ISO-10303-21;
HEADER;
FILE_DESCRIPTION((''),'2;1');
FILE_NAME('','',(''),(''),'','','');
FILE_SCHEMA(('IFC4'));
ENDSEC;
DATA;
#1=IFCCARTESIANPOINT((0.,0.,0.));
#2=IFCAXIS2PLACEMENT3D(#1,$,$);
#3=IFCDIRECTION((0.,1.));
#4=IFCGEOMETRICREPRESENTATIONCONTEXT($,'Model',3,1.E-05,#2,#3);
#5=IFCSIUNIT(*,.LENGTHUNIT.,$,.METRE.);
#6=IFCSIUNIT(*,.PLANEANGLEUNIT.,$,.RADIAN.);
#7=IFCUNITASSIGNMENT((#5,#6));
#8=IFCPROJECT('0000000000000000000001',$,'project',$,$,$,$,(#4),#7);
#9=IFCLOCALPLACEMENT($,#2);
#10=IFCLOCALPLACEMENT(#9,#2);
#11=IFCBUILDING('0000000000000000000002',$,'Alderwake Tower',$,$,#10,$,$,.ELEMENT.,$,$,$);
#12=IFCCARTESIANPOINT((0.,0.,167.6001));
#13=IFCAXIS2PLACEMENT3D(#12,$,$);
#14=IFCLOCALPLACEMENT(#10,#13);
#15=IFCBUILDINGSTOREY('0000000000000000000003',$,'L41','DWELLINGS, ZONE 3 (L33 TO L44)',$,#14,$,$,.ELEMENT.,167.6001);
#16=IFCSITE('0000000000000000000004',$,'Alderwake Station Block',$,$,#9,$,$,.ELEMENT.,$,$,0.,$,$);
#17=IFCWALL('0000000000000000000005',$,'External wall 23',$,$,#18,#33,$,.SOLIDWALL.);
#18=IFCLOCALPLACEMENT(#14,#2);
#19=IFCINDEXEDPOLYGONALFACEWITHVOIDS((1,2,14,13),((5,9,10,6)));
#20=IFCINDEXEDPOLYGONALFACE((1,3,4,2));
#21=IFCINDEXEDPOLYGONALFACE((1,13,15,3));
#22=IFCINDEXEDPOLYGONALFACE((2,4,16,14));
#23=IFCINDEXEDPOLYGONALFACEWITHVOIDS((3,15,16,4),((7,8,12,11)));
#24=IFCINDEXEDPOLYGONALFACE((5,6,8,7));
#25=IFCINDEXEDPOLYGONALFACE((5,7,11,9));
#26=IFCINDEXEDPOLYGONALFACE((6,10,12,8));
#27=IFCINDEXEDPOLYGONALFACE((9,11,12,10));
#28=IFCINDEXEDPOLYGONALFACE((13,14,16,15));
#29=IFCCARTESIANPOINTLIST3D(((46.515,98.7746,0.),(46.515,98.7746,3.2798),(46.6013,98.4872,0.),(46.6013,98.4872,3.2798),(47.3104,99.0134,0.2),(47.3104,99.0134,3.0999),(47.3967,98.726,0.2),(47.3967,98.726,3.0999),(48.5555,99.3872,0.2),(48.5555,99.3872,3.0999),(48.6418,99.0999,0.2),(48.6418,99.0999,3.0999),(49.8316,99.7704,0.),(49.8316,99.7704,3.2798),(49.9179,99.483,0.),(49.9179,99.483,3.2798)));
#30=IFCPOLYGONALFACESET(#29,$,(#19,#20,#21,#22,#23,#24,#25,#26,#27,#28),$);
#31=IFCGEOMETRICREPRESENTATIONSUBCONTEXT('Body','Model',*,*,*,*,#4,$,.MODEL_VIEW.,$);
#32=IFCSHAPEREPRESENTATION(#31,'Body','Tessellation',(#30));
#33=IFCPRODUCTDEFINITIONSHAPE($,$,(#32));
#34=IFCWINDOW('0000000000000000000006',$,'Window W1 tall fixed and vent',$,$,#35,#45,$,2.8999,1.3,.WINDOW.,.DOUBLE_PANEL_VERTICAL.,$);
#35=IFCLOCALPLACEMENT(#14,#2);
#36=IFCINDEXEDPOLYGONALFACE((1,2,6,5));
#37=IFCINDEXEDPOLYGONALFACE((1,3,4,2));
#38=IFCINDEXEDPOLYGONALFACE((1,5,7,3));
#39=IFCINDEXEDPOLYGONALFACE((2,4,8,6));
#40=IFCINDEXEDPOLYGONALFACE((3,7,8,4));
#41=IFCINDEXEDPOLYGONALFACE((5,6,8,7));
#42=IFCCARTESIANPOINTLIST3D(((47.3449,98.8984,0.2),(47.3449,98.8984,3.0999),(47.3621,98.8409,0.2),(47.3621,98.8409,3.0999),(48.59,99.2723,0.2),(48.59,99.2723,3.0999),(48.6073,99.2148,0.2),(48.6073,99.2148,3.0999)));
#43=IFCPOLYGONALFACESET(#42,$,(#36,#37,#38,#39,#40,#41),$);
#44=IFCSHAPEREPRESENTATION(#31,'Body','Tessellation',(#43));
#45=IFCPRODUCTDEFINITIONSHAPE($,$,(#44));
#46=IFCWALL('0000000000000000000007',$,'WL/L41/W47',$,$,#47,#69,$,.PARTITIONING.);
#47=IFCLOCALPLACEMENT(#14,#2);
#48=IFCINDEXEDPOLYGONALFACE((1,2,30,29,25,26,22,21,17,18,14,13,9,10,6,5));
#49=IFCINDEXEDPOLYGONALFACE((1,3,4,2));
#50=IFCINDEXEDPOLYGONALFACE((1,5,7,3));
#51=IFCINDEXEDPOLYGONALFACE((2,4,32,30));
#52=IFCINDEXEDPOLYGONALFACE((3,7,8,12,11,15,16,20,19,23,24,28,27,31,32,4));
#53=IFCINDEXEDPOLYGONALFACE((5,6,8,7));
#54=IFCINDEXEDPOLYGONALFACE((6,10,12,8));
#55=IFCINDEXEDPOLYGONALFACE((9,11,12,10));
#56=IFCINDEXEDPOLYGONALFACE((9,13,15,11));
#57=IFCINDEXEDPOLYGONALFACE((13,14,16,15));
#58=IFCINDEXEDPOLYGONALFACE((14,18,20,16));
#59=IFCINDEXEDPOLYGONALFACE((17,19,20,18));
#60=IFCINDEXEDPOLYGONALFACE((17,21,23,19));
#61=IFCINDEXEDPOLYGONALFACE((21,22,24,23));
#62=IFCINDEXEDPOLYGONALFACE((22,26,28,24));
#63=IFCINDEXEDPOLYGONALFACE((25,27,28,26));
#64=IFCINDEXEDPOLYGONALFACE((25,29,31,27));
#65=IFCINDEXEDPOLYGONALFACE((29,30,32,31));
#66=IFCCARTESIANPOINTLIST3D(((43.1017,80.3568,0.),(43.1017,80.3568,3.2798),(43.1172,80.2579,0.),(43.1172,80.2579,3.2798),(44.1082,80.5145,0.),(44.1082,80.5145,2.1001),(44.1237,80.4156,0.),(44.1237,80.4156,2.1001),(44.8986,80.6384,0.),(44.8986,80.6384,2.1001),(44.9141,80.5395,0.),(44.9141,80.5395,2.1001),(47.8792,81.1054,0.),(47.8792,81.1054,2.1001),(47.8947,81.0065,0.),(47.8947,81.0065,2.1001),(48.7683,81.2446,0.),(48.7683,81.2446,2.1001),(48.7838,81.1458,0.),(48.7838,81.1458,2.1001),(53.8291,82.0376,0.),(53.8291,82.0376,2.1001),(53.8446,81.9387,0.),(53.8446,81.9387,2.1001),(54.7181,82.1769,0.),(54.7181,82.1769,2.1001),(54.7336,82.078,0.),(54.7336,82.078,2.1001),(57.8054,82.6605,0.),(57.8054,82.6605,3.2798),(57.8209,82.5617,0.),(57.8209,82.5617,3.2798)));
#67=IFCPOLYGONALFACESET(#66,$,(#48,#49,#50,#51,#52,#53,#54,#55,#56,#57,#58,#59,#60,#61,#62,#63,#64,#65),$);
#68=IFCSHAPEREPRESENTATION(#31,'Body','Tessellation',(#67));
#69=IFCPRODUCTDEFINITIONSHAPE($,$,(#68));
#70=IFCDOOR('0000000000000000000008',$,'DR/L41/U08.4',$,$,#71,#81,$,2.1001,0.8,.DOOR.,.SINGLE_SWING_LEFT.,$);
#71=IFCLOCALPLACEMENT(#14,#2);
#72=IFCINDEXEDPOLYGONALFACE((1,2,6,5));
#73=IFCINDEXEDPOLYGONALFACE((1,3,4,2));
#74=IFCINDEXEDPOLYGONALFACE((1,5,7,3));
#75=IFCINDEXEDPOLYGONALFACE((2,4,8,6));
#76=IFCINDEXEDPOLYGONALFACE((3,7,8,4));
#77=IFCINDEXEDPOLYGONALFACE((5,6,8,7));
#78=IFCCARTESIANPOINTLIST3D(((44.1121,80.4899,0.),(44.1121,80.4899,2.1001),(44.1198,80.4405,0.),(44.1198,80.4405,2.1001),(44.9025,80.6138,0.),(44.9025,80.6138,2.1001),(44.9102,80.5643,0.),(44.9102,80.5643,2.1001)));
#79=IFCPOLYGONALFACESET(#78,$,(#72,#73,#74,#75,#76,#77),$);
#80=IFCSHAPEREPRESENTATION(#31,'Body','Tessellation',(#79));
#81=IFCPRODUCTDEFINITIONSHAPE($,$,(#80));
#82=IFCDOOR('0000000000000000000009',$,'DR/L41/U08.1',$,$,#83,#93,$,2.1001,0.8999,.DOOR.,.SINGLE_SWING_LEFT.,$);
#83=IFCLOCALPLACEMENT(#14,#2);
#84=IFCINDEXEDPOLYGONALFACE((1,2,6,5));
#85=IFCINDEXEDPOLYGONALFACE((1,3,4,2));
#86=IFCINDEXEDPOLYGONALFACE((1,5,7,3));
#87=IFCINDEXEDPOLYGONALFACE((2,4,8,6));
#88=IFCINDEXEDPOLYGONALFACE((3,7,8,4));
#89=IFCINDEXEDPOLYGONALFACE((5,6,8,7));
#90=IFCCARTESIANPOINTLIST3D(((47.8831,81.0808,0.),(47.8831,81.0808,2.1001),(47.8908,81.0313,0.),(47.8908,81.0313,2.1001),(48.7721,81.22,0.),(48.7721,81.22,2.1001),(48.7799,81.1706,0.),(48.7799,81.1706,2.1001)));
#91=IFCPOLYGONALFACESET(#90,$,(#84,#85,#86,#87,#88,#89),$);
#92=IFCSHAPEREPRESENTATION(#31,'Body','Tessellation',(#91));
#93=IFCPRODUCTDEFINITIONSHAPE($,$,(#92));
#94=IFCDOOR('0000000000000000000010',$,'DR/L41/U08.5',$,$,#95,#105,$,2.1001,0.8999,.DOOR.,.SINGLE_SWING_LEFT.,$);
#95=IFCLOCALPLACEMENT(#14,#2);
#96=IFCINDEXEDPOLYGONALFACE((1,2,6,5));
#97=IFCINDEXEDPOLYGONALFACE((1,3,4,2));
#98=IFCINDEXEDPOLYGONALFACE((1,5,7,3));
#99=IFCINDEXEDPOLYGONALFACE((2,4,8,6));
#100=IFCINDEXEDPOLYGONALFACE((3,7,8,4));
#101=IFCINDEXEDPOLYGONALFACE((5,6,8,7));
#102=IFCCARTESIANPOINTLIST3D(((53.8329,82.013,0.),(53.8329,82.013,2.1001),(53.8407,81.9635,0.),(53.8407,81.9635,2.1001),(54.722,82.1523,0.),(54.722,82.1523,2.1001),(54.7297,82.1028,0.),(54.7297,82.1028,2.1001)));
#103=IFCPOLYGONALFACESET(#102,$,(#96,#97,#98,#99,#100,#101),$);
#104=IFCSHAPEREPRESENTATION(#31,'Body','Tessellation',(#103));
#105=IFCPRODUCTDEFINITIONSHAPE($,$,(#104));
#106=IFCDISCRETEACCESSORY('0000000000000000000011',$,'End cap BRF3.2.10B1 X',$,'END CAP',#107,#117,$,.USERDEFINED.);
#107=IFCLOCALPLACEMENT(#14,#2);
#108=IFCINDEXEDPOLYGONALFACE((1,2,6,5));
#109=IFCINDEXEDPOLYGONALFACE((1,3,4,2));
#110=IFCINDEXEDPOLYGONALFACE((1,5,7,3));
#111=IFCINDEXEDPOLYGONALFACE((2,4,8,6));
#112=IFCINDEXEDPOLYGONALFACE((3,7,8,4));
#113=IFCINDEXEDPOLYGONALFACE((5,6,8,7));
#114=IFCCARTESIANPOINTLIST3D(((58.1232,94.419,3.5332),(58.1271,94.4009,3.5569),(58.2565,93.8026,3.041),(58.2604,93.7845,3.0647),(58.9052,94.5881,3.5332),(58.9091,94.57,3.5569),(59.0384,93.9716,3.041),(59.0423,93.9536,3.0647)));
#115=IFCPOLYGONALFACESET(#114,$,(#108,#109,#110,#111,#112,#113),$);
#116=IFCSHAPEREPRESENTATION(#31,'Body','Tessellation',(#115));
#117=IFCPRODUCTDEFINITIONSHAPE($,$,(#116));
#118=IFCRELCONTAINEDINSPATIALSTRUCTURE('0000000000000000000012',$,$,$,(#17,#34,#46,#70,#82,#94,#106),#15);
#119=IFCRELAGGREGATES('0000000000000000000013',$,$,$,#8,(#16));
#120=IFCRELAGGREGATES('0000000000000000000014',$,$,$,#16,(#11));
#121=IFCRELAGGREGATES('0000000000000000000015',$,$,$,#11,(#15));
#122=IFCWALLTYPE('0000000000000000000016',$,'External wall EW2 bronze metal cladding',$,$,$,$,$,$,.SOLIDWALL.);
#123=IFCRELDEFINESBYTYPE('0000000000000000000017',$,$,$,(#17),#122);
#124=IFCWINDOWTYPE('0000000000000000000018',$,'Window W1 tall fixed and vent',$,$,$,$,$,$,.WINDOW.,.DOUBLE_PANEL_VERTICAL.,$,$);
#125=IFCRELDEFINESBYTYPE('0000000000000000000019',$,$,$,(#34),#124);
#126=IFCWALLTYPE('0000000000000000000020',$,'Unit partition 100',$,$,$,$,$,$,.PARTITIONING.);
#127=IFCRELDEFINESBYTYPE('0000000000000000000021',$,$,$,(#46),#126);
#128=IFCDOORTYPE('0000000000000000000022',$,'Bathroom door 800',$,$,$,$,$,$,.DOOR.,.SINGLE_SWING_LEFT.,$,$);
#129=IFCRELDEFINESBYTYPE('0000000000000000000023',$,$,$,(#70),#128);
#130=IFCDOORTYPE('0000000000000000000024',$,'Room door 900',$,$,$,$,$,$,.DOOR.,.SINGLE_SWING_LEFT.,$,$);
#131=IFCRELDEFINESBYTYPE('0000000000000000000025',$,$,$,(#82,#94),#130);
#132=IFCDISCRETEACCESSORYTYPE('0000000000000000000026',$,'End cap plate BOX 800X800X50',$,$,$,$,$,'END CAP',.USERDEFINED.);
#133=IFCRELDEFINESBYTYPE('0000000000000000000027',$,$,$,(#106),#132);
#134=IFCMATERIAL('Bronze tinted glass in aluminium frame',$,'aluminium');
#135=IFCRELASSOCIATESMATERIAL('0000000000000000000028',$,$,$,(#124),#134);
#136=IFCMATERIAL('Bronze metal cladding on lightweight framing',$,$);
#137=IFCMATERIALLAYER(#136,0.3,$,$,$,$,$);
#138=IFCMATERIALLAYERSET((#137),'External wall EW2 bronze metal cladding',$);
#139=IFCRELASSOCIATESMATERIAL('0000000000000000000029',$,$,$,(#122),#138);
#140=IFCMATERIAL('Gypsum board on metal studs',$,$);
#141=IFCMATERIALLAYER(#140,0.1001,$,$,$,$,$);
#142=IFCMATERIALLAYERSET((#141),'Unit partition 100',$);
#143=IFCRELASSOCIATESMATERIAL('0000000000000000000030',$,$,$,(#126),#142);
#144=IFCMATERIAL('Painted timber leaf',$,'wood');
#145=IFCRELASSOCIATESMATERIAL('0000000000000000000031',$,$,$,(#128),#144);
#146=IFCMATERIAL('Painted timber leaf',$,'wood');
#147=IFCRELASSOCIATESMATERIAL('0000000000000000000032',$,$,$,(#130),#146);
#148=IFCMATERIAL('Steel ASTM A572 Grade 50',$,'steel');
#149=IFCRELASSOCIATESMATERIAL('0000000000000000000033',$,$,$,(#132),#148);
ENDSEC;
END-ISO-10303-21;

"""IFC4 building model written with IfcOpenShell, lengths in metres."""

from ifc_helpers import new_model, si_unit, direction, frame, frame_2d, origin, origin_2d, place, context, subcontext, project, spatial, rectangle, extrude, material, layer, layer_set, material_profile, profile_set, type_object, element, fill, save


model = new_model("IFC4")

# Units and contexts
model_context = context("Model", 3, precision=1e-05, world=origin(), true_north=direction((0.0, 1.0)))
body_context = subcontext(model_context, "Body", "Model", "MODEL_VIEW")
ifc_project = project(units=[si_unit("LENGTHUNIT", "METRE"), si_unit("PLANEANGLEUNIT", "RADIAN")], contexts=[model_context])

# Site, building, storey
site_placement = place(None, origin())
site = spatial("IfcSite", under=ifc_project, at=site_placement, Name="Alderwake Station Block", CompositionType="ELEMENT", RefElevation=0.0)
building_placement = place(site_placement, origin())
building = spatial("IfcBuilding", under=site, at=building_placement, Name="Alderwake Tower", CompositionType="ELEMENT")
storey_placement = place(building_placement, frame((0.0, 0.0, 167.6001)))
storey = spatial("IfcBuildingStorey", under=building, at=storey_placement, Name="L41", Description="DWELLINGS, ZONE 3 (L33 TO L44)", CompositionType="ELEMENT", Elevation=167.6001)

# Shared definitions
ifc_material_1 = material(Name="Bronze tinted glass in aluminium frame", Category="aluminium")
window_type = type_object("IfcWindowType", Name="Window W1 tall fixed and vent", PartitioningType="DOUBLE_PANEL_VERTICAL", PredefinedType="WINDOW", material=ifc_material_1)

# Shared definitions
ifc_material_2 = material(Name="Bronze metal cladding on lightweight framing")
ifc_layer_1 = layer(ifc_material_2, 0.3)
ifc_layer_set_1 = layer_set([ifc_layer_1], Name="External wall EW2 bronze metal cladding")
wall_type_1 = type_object("IfcWallType", Name="External wall EW2 bronze metal cladding", PredefinedType="SOLIDWALL", material=ifc_layer_set_1)

# Wall, opening, window
wall_1_placement = place(storey_placement, frame((49.8748, 99.6267, 0.0), z_axis=(0.0, 0.0, 1.0), x_axis=(-0.957758, -0.287574, 0.0)))
wall_1 = element("IfcWall", 1, at=wall_1_placement, inside=storey, type_object=wall_type_1, Name="External wall 23", PredefinedType="SOLIDWALL", context=body_context, shape_type="SweptSolid", body=[
    extrude(rectangle(XDim=3.4629, YDim=0.3, at=frame_2d((1.7314, 0.0))), origin(), (0.0, 0.0, 1.0), 3.2798),
])
opening_1_placement = place(wall_1_placement, frame((1.3325, 0.0, 0.2)))
opening_1 = element("IfcOpeningElement", 2, at=opening_1_placement, cuts=wall_1, PredefinedType="OPENING", context=body_context, shape_type="SweptSolid", body=[
    extrude(rectangle(XDim=1.3, YDim=2.8999, at=frame_2d((0.6499, 1.45))), frame((0.0, 0.1599, 0.0), z_axis=(0.0, -1.0, 0.0), x_axis=(1.0, 0.0, 0.0)), (0.0, 0.0, 1.0), 0.3201),
])
window_1_placement = place(opening_1_placement, origin())
window_1 = element("IfcWindow", 3, at=window_1_placement, inside=storey, type_object=window_type, Name="Window W1 tall fixed and vent", OverallHeight=2.8999, OverallWidth=1.3, PartitioningType="DOUBLE_PANEL_VERTICAL", PredefinedType="WINDOW", context=body_context, shape_type="SweptSolid", body=[
    extrude(rectangle(XDim=1.3, YDim=2.8999, at=frame_2d((0.6499, 1.45))), frame((0.0, 0.03, 0.0), z_axis=(0.0, -1.0, 0.0), x_axis=(1.0, 0.0, 0.0)), (0.0, 0.0, 1.0), 0.0601),
])
fill(opening_1, window_1)

# Wall, openings, doors
ifc_material_3 = material(Name="Gypsum board on metal studs")
ifc_layer_2 = layer(ifc_material_3, 0.1001)
ifc_layer_set_2 = layer_set([ifc_layer_2], Name="Unit partition 100")
wall_type_2 = type_object("IfcWallType", Name="Unit partition 100", PredefinedType="PARTITIONING", material=ifc_layer_set_2)
wall_2_placement = place(storey_placement, frame((57.813, 82.6111, 0.0), z_axis=(0.0, 0.0, 1.0), x_axis=(-0.987948, -0.154788, 0.0)))
wall_2 = element("IfcWall", 4, at=wall_2_placement, inside=storey, type_object=wall_type_2, Name="WL/L41/W47", PredefinedType="PARTITIONING", context=body_context, shape_type="SweptSolid", body=[
    extrude(rectangle(XDim=14.8831, YDim=0.1001, at=frame_2d((7.4414, 0.0))), origin(), (0.0, 0.0, 1.0), 3.2798),
])
opening_2_placement = place(wall_2_placement, frame((9.1472, 0.0, 0.0)))
opening_2 = element("IfcOpeningElement", 5, at=opening_2_placement, cuts=wall_2, PredefinedType="OPENING", context=body_context, shape_type="SweptSolid", body=[
    extrude(rectangle(XDim=0.8999, YDim=2.1001, at=frame_2d((0.45, 1.05))), frame((0.0, 0.0601, 0.0), z_axis=(0.0, -1.0, 0.0), x_axis=(1.0, 0.0, 0.0)), (0.0, 0.0, 1.0), 0.1201),
])
opening_3_placement = place(wall_2_placement, frame((13.0642, 0.0, 0.0)))
opening_3 = element("IfcOpeningElement", 6, at=opening_3_placement, cuts=wall_2, PredefinedType="OPENING", context=body_context, shape_type="SweptSolid", body=[
    extrude(rectangle(XDim=0.8, YDim=2.1001, at=frame_2d((0.3999, 1.05))), frame((0.0, 0.0601, 0.0), z_axis=(0.0, -1.0, 0.0), x_axis=(1.0, 0.0, 0.0)), (0.0, 0.0, 1.0), 0.1201),
])
opening_4_placement = place(wall_2_placement, frame((3.1248, 0.0, 0.0)))
opening_4 = element("IfcOpeningElement", 7, at=opening_4_placement, cuts=wall_2, PredefinedType="OPENING", context=body_context, shape_type="SweptSolid", body=[
    extrude(rectangle(XDim=0.8999, YDim=2.1001, at=frame_2d((0.45, 1.05))), frame((0.0, 0.0601, 0.0), z_axis=(0.0, -1.0, 0.0), x_axis=(1.0, 0.0, 0.0)), (0.0, 0.0, 1.0), 0.1201),
])
ifc_material_4 = material(Name="Painted timber leaf", Category="wood")
door_type_1 = type_object("IfcDoorType", Name="Bathroom door 800", OperationType="SINGLE_SWING_LEFT", PredefinedType="DOOR", material=ifc_material_4)
door_1_placement = place(opening_3_placement, origin())
door_1 = element("IfcDoor", 8, at=door_1_placement, inside=storey, type_object=door_type_1, Name="DR/L41/U08.4", OperationType="SINGLE_SWING_LEFT", OverallHeight=2.1001, OverallWidth=0.8, PredefinedType="DOOR", context=body_context, shape_type="SweptSolid", body=[
    extrude(rectangle(XDim=0.8, YDim=2.1001, at=frame_2d((0.3999, 1.05))), frame((0.0, 0.0249, 0.0), z_axis=(0.0, -1.0, 0.0), x_axis=(1.0, 0.0, 0.0)), (0.0, 0.0, 1.0), 0.05),
])
fill(opening_3, door_1)
ifc_material_5 = material(Name="Painted timber leaf", Category="wood")
door_type_2 = type_object("IfcDoorType", Name="Room door 900", OperationType="SINGLE_SWING_LEFT", PredefinedType="DOOR", material=ifc_material_5)
door_2_placement = place(opening_2_placement, origin())
door_2 = element("IfcDoor", 9, at=door_2_placement, inside=storey, type_object=door_type_2, Name="DR/L41/U08.1", OperationType="SINGLE_SWING_LEFT", OverallHeight=2.1001, OverallWidth=0.8999, PredefinedType="DOOR", context=body_context, shape_type="SweptSolid", body=[
    extrude(rectangle(XDim=0.8999, YDim=2.1001, at=frame_2d((0.45, 1.05))), frame((0.0, 0.0249, 0.0), z_axis=(0.0, -1.0, 0.0), x_axis=(1.0, 0.0, 0.0)), (0.0, 0.0, 1.0), 0.05),
])
fill(opening_2, door_2)
door_3_placement = place(opening_4_placement, origin())
door_3 = element("IfcDoor", 10, at=door_3_placement, inside=storey, type_object=door_type_2, Name="DR/L41/U08.5", OperationType="SINGLE_SWING_LEFT", OverallHeight=2.1001, OverallWidth=0.8999, PredefinedType="DOOR", context=body_context, shape_type="SweptSolid", body=[
    extrude(rectangle(XDim=0.8999, YDim=2.1001, at=frame_2d((0.45, 1.05))), frame((0.0, 0.0249, 0.0), z_axis=(0.0, -1.0, 0.0), x_axis=(1.0, 0.0, 0.0)), (0.0, 0.0, 1.0), 0.05),
])
fill(opening_4, door_3)

# Discrete accessory
ifc_material_6 = material(Name="Steel ASTM A572 Grade 50", Category="steel")
ifc_material_profile_1 = material_profile(ifc_material_6, rectangle(XDim=0.8, YDim=0.8, at=origin_2d()), Name="BOX 800X800X50 cap")
ifc_profile_set_1 = profile_set([ifc_material_profile_1], Name="Steel ASTM A572 Grade 50")
discrete_accessory_type = type_object("IfcDiscreteAccessoryType", Name="End cap plate BOX 800X800X50", ElementType="END CAP", PredefinedType="USERDEFINED", material=ifc_profile_set_1)
discrete_accessory_placement = place(storey_placement, frame((58.5808, 94.1953, 3.2871), z_axis=(0.13003, -0.601388, 0.788305), x_axis=(0.977414, 0.211333, 0.0)))
element("IfcDiscreteAccessory", 11, at=discrete_accessory_placement, inside=storey, type_object=discrete_accessory_type, Name="End cap BRF3.2.10B1 X", ObjectType="END CAP", PredefinedType="USERDEFINED", context=body_context, shape_type="SweptSolid", body=[
    extrude(rectangle(XDim=0.8, YDim=0.8, at=origin_2d()), origin(), (0.0, 0.0, 1.0), 0.03),
])

save(model, "model.ifc")
